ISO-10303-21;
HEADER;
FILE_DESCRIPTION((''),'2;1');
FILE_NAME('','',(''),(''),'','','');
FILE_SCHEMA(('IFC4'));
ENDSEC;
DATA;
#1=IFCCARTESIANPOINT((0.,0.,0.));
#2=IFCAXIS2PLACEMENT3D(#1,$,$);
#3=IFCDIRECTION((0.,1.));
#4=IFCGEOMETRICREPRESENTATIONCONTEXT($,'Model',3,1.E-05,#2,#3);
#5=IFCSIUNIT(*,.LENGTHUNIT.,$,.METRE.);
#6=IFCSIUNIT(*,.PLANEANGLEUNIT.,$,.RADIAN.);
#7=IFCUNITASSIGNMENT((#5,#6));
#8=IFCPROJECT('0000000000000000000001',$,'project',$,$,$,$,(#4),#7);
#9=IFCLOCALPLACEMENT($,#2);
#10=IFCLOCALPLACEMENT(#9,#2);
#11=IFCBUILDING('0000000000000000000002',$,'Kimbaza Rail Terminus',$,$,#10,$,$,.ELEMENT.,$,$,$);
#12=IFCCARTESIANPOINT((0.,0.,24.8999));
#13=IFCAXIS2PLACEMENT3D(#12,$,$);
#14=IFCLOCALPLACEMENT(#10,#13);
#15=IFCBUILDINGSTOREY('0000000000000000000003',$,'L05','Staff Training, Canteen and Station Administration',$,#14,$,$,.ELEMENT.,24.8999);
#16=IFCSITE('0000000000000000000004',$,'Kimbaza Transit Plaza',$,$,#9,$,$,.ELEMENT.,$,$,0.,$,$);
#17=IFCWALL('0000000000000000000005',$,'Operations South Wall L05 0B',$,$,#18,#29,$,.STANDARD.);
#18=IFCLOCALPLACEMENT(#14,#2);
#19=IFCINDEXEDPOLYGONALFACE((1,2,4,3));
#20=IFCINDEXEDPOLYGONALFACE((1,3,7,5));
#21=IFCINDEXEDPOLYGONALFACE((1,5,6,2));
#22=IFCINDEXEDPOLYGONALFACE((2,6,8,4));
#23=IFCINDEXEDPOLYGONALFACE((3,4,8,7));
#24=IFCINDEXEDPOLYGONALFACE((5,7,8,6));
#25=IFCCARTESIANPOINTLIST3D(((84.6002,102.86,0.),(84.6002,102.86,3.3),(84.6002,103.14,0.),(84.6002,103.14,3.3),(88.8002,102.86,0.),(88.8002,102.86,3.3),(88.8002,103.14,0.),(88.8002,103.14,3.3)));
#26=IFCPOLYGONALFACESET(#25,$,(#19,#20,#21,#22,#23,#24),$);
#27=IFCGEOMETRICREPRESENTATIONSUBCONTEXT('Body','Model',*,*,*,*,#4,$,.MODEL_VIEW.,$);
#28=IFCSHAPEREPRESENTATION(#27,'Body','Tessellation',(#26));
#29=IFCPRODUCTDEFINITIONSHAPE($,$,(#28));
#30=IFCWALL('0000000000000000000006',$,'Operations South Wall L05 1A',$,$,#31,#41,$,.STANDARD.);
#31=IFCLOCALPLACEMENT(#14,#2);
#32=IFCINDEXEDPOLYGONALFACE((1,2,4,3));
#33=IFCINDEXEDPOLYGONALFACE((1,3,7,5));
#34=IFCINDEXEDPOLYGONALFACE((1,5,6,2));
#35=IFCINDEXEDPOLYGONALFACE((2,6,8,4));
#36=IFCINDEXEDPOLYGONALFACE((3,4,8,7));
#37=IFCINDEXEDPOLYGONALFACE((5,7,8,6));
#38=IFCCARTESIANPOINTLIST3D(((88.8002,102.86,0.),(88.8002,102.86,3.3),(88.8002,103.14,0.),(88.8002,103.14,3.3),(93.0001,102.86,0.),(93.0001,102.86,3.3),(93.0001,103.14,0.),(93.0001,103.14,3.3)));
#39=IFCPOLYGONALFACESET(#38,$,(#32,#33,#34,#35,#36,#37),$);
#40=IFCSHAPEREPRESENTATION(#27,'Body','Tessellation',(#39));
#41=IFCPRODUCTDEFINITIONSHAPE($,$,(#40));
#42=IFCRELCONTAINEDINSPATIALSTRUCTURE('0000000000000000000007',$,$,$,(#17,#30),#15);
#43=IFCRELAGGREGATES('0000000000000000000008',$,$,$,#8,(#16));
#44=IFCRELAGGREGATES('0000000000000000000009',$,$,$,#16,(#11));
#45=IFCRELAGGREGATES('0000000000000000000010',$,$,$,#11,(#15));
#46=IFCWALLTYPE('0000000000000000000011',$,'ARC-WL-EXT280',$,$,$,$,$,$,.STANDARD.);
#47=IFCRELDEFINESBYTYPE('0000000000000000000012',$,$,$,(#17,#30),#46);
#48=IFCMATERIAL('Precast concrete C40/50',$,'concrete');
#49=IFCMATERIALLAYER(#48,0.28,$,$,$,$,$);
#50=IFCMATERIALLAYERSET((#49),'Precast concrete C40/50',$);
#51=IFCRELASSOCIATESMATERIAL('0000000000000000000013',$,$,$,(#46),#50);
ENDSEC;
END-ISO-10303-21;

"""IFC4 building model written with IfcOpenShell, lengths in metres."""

from ifc_helpers import new_model, si_unit, direction, frame, frame_2d, origin, place, context, subcontext, project, spatial, rectangle, extrude, material, layer, layer_set, type_object, element, save


model = new_model("IFC4")

# Units and contexts
model_context = context("Model", 3, precision=1e-05, world=origin(), true_north=direction((0.0, 1.0)))
body_context = subcontext(model_context, "Body", "Model", "MODEL_VIEW")
ifc_project = project(units=[si_unit("LENGTHUNIT", "METRE"), si_unit("PLANEANGLEUNIT", "RADIAN")], contexts=[model_context])

# Site, building, storey
site_placement = place(None, origin())
site = spatial("IfcSite", under=ifc_project, at=site_placement, Name="Kimbaza Transit Plaza", CompositionType="ELEMENT", RefElevation=0.0)
building_placement = place(site_placement, origin())
building = spatial("IfcBuilding", under=site, at=building_placement, Name="Kimbaza Rail Terminus", CompositionType="ELEMENT")
storey_placement = place(building_placement, frame((0.0, 0.0, 24.8999)))
storey = spatial("IfcBuildingStorey", under=building, at=storey_placement, Name="L05", Description="Staff Training, Canteen and Station Administration", CompositionType="ELEMENT", Elevation=24.8999)

# Walls
ifc_material_1 = material(Name="Precast concrete C40/50", Category="concrete")
ifc_layer_1 = layer(ifc_material_1, 0.28)
ifc_layer_set_1 = layer_set([ifc_layer_1], Name="Precast concrete C40/50")
wall_type = type_object("IfcWallType", Name="ARC-WL-EXT280", PredefinedType="STANDARD", material=ifc_layer_set_1)
for number, where, z_axis, x_axis, name in (
    (1, (84.6001, 103.0, 0.0), (0.0, 0.0, 1.0), (1.0, 0.0, 0.0), "Operations South Wall L05 0B"),
    (2, (88.8, 103.0, 0.0), (0.0, 0.0, 1.0), (1.0, 0.0, 0.0), "Operations South Wall L05 1A"),
):
    element("IfcWall", number, at=place(storey_placement, frame(where, z_axis=z_axis, x_axis=x_axis)), inside=storey, type_object=wall_type, Name=name, PredefinedType="STANDARD", context=body_context, shape_type="SweptSolid", body=[
        extrude(rectangle(XDim=4.2, YDim=0.28, at=frame_2d((2.1001, 0.0))), origin(), (0.0, 0.0, 1.0), 3.3),
    ])

save(model, "model.ifc")
